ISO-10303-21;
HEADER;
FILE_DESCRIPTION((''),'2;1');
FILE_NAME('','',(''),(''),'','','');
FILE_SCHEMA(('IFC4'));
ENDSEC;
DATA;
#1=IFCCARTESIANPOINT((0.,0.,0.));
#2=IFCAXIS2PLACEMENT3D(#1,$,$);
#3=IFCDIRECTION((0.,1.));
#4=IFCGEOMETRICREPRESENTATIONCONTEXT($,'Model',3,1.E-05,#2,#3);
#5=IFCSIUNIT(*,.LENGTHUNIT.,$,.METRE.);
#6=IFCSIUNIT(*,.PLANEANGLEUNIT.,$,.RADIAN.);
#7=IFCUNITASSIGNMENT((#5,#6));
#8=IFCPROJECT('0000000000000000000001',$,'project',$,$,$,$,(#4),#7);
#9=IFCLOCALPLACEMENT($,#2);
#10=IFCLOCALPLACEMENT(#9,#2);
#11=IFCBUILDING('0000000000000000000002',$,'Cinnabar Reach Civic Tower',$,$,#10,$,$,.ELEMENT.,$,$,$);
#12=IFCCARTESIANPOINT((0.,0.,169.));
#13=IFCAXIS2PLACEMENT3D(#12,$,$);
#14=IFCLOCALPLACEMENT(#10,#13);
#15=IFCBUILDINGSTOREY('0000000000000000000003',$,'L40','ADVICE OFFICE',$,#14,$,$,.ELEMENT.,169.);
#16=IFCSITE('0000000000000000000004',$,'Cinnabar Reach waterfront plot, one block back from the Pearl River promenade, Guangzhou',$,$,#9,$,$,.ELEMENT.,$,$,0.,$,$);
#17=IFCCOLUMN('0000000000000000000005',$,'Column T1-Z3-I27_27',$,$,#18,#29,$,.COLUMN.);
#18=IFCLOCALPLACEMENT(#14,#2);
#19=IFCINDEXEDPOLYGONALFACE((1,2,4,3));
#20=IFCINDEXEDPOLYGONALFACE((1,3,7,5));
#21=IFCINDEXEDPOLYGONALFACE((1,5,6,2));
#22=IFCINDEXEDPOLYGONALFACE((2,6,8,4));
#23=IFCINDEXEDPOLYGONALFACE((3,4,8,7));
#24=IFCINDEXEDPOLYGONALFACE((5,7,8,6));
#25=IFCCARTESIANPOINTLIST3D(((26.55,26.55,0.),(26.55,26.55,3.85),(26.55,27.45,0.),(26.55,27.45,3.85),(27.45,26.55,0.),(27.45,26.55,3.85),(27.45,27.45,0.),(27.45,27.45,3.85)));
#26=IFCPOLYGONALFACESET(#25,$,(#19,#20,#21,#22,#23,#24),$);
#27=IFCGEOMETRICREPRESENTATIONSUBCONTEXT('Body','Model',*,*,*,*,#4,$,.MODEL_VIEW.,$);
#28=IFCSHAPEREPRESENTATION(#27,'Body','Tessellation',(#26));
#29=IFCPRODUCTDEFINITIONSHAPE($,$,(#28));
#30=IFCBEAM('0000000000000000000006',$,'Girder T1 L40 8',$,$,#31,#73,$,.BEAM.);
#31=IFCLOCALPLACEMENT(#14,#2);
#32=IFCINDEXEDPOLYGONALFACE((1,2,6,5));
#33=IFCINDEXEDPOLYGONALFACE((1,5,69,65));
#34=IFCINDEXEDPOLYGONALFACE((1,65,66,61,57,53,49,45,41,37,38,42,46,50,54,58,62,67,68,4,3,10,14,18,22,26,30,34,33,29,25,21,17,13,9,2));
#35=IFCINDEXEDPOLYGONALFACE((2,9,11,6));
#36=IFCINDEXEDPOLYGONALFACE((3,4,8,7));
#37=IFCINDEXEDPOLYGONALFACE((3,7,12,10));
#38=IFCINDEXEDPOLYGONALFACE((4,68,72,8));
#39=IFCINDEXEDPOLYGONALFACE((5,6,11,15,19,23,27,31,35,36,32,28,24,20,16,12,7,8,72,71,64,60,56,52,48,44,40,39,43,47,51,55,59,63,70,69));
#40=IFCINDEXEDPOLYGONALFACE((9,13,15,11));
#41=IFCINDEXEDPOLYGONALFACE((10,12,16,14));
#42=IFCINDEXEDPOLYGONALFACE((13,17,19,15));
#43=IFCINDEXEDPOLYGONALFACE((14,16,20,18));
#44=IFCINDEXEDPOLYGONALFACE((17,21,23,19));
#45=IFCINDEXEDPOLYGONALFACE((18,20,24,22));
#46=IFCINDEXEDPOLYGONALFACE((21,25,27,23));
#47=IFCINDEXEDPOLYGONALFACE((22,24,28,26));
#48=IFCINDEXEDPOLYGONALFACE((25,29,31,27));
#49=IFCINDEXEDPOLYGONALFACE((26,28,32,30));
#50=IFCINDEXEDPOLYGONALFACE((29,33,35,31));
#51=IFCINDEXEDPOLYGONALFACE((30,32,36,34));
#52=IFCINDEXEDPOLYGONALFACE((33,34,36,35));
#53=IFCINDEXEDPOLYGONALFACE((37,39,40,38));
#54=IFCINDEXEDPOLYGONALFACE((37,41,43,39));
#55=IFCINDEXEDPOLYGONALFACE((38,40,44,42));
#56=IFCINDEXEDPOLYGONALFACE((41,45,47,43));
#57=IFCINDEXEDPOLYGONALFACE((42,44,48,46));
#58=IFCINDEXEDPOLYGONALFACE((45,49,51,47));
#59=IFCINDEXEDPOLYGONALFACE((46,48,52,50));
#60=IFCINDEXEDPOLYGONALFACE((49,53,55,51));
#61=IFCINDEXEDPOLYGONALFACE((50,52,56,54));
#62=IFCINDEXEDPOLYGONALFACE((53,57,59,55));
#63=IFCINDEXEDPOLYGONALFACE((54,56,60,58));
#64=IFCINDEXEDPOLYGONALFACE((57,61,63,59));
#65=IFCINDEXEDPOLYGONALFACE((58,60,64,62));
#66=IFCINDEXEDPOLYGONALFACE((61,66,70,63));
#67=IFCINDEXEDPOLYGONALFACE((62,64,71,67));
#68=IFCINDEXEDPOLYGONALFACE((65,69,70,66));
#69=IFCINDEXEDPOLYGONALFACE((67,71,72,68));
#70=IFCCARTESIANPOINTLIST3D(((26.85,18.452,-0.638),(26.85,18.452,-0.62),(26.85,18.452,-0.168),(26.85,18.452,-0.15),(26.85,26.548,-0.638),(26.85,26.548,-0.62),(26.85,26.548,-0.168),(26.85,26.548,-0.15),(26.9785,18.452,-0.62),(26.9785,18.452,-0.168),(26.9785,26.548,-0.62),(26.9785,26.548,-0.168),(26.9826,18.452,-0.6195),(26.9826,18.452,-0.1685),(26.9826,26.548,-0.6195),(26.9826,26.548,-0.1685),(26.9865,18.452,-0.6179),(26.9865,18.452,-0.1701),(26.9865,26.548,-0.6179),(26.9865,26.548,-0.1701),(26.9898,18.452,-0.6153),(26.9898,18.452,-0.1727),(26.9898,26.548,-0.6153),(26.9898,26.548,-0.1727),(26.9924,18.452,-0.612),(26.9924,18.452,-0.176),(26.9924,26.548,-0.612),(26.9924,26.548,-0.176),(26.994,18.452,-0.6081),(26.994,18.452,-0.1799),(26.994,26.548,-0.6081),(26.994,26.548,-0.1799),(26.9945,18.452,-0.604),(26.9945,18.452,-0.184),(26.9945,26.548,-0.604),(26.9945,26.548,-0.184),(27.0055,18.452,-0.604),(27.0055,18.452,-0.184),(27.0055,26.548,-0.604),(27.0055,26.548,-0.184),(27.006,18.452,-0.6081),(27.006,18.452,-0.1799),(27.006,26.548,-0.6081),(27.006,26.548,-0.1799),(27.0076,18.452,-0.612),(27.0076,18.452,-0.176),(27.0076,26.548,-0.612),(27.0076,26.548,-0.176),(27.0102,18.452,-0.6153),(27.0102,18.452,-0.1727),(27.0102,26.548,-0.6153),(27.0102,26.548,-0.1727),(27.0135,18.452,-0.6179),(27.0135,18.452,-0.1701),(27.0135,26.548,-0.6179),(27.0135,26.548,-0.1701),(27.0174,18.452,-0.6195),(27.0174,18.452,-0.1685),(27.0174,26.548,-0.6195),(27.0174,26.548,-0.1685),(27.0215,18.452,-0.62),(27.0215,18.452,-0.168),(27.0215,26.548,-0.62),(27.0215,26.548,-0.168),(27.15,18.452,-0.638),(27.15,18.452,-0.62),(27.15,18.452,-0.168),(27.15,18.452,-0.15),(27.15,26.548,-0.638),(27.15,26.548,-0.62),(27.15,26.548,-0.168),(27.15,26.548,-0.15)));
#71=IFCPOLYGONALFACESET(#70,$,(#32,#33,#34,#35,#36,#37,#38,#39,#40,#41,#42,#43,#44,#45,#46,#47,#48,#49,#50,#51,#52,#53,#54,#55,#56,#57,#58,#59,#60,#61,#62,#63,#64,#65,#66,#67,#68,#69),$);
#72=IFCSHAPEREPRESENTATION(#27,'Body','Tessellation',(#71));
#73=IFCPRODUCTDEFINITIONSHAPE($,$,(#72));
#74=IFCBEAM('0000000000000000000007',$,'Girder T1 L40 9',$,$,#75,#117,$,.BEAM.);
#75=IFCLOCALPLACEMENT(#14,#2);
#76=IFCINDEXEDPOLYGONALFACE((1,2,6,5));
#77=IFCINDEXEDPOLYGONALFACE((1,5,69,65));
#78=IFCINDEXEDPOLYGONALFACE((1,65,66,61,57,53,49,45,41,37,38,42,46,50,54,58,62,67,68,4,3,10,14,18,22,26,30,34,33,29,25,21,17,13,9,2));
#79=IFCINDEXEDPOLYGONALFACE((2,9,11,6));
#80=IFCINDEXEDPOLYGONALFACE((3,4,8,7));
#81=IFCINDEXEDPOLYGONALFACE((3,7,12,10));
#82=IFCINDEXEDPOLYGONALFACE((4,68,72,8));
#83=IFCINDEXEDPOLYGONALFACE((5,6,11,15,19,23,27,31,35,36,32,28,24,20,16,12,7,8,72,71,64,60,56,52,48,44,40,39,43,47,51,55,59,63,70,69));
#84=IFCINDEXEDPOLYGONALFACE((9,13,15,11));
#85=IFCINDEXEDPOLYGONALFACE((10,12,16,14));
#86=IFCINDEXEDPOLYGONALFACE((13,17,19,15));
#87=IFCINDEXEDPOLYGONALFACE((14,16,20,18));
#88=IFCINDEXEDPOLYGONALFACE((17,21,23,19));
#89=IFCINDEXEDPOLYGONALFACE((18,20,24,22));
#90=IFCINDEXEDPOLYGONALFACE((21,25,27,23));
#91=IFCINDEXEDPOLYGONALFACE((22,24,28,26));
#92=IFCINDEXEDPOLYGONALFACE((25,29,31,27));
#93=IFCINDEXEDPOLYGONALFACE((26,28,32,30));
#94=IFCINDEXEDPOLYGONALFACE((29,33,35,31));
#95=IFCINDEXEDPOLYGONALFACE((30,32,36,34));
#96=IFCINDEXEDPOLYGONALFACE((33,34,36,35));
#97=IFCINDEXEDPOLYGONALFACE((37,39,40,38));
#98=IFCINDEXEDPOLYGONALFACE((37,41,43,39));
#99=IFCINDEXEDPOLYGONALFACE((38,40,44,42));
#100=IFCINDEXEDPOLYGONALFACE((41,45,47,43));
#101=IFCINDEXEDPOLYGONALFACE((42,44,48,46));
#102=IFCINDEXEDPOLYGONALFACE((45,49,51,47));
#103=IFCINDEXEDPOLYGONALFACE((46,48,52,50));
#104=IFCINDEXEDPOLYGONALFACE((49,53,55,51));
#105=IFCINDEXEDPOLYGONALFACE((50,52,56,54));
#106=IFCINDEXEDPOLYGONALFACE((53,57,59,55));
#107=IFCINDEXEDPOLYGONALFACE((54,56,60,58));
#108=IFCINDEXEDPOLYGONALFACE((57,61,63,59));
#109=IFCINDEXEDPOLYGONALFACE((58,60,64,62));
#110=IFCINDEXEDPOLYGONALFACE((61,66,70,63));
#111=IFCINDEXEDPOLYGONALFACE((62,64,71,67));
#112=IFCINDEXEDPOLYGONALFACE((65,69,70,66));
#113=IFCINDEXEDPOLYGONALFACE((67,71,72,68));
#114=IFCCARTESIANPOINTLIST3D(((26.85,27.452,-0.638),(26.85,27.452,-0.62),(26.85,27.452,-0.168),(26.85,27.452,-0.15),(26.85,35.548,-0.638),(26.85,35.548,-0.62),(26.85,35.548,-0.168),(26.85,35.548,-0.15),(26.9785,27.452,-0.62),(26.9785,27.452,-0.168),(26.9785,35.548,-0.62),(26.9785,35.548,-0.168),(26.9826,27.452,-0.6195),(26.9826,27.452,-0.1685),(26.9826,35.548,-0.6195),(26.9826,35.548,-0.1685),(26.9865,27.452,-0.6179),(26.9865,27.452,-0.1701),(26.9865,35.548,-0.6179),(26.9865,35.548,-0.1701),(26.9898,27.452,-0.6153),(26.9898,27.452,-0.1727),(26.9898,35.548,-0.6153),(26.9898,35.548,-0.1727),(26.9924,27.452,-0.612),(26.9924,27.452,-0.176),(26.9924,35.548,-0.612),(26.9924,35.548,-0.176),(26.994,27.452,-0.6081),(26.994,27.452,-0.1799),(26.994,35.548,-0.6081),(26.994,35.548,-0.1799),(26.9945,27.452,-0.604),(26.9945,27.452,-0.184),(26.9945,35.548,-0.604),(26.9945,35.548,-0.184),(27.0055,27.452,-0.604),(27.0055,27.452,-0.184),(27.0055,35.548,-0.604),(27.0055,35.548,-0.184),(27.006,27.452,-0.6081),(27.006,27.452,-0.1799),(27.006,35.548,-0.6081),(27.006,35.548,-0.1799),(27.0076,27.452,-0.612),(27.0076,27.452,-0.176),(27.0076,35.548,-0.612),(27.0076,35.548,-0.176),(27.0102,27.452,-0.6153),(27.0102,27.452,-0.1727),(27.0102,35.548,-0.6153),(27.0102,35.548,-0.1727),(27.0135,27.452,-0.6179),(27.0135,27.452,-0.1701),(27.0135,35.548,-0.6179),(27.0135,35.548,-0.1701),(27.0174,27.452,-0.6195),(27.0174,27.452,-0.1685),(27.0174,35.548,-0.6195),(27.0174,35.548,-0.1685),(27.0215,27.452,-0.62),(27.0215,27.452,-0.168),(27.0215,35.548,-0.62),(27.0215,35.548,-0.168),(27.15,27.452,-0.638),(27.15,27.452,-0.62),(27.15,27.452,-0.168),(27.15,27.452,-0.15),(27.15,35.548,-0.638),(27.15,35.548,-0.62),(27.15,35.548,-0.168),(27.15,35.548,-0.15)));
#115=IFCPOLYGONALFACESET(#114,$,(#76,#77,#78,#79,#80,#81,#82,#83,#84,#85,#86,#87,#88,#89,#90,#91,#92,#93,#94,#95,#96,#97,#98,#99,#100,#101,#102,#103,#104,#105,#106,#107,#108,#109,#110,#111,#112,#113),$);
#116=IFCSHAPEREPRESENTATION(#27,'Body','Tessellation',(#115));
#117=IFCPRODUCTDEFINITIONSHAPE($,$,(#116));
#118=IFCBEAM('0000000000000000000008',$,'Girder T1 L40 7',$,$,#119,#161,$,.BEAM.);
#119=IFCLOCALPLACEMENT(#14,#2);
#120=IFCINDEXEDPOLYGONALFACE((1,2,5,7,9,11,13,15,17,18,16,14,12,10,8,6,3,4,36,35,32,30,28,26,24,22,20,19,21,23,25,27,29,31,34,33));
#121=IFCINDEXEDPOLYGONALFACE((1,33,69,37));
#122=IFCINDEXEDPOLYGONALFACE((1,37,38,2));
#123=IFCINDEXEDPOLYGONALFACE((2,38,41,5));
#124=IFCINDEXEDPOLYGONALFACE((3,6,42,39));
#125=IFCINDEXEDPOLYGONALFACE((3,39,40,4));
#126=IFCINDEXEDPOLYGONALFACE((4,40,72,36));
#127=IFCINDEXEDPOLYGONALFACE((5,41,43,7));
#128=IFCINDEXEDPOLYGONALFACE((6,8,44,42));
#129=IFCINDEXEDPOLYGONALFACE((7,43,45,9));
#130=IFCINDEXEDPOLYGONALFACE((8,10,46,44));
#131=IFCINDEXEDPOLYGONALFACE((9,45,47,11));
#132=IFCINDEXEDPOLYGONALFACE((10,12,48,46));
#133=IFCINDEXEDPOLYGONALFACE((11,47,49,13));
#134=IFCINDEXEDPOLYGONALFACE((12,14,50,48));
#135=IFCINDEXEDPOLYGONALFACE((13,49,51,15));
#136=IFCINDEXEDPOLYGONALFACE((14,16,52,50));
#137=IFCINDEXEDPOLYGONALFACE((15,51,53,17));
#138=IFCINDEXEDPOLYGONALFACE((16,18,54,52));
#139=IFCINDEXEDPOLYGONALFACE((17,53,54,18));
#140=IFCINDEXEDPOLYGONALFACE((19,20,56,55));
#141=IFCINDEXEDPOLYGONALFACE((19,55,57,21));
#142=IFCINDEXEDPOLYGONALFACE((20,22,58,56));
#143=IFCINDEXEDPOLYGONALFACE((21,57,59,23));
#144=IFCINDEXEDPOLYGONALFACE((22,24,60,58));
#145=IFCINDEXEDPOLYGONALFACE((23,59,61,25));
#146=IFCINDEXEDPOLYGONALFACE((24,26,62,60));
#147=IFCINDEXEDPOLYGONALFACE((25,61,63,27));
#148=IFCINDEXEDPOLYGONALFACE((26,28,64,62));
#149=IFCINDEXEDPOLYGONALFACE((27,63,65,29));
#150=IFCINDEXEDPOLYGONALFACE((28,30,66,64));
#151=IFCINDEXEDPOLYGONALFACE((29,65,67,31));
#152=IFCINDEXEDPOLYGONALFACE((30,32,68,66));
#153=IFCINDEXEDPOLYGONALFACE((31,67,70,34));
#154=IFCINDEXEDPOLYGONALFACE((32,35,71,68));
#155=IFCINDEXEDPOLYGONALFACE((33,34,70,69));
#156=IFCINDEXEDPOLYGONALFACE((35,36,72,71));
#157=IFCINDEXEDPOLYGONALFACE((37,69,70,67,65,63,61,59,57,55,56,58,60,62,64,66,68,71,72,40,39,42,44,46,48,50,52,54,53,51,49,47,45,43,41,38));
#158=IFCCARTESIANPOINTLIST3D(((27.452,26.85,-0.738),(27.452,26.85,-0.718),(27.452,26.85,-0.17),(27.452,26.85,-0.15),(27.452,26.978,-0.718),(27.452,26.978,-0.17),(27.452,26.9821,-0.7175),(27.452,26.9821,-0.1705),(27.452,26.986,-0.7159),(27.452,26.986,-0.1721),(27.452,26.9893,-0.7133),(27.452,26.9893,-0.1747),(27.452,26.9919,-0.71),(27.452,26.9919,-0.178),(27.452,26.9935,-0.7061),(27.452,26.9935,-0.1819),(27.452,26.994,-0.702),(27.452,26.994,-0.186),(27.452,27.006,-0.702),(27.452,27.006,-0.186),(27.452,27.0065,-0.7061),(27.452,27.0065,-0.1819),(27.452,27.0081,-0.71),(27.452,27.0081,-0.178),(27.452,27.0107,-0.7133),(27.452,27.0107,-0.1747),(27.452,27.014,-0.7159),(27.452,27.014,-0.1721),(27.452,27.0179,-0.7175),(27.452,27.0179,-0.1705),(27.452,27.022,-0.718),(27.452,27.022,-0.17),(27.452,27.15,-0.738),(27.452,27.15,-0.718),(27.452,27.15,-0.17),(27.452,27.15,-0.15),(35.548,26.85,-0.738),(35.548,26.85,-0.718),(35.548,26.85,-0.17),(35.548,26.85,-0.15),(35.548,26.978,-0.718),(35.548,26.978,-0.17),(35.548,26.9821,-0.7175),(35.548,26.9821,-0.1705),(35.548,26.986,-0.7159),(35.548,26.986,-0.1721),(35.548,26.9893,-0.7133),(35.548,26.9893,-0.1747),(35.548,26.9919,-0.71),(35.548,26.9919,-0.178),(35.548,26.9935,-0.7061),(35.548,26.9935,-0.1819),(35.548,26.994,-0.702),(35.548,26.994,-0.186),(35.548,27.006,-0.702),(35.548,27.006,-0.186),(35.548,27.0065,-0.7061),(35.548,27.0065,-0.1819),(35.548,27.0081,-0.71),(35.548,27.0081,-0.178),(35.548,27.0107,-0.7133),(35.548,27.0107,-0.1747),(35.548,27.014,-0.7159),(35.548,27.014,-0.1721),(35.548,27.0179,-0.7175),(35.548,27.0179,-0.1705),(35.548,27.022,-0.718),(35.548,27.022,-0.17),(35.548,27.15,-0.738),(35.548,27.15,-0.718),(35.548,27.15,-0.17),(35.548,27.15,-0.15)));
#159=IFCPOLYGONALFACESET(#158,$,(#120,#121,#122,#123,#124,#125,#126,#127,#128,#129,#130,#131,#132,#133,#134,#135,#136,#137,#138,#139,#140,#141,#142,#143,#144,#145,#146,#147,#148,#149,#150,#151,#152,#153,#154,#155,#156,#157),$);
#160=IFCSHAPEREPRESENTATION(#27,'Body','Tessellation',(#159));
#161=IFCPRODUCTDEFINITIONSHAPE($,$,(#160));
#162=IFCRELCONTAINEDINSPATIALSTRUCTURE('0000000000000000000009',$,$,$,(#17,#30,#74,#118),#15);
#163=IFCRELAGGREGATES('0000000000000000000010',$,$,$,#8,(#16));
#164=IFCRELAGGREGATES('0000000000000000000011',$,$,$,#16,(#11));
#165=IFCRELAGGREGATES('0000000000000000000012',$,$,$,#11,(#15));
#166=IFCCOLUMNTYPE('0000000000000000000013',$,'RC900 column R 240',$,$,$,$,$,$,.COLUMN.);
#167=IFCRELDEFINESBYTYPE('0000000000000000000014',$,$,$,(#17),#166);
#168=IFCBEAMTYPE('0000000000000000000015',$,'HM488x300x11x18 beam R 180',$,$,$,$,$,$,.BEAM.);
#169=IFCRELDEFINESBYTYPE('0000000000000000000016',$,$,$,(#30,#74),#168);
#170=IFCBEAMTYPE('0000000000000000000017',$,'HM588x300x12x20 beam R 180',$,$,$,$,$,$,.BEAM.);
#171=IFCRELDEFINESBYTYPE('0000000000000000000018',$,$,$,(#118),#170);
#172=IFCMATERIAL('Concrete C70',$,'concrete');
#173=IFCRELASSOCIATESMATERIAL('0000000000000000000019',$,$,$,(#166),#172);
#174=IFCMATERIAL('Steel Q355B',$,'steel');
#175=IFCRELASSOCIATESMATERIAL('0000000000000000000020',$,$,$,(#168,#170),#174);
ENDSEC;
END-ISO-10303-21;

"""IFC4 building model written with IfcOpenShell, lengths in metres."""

from ifc_helpers import new_model, si_unit, direction, frame, origin, origin_2d, place, context, subcontext, project, spatial, rectangle, i_section, extrude, material, material_profile, profile_set, type_object, element, save


model = new_model("IFC4")

# Units and contexts
model_context = context("Model", 3, precision=1e-05, world=origin(), true_north=direction((0.0, 1.0)))
body_context = subcontext(model_context, "Body", "Model", "MODEL_VIEW")
ifc_project = project(units=[si_unit("LENGTHUNIT", "METRE"), si_unit("PLANEANGLEUNIT", "RADIAN")], contexts=[model_context])

# Site, building, storey
site_placement = place(None, origin())
site = spatial("IfcSite", under=ifc_project, at=site_placement, Name="Cinnabar Reach waterfront plot, one block back from the Pearl River promenade, Guangzhou", CompositionType="ELEMENT", RefElevation=0.0)
building_placement = place(site_placement, origin())
building = spatial("IfcBuilding", under=site, at=building_placement, Name="Cinnabar Reach Civic Tower", CompositionType="ELEMENT")
storey_placement = place(building_placement, frame((0.0, 0.0, 169.0)))
storey = spatial("IfcBuildingStorey", under=building, at=storey_placement, Name="L40", Description="ADVICE OFFICE", CompositionType="ELEMENT", Elevation=169.0)

# Column
ifc_material_1 = material(Name="Concrete C70", Category="concrete")
ifc_material_profile_1 = material_profile(ifc_material_1, rectangle(XDim=0.9, YDim=0.9, at=origin_2d()), Name="RC900")
ifc_profile_set_1 = profile_set([ifc_material_profile_1], Name="Concrete C70")
column_type = type_object("IfcColumnType", Name="RC900 column R 240", PredefinedType="COLUMN", material=ifc_profile_set_1)
column_placement = place(storey_placement, frame((27.0, 27.0, 0.0), z_axis=(0.0, 0.0, 1.0), x_axis=(1.0, 0.0, 0.0)))
element("IfcColumn", 1, at=column_placement, inside=storey, type_object=column_type, Name="Column T1-Z3-I27_27", PredefinedType="COLUMN", context=body_context, shape_type="SweptSolid", body=[
    extrude(rectangle(XDim=0.9, YDim=0.9, at=origin_2d()), origin(), (0.0, 0.0, 1.0), 3.85),
])

# Beams
ifc_material_2 = material(Name="Steel Q355B", Category="steel")
ifc_material_profile_2 = material_profile(ifc_material_2, i_section(OverallWidth=0.3, OverallDepth=0.488, WebThickness=0.011, FlangeThickness=0.018, FilletRadius=0.016, at=origin_2d()), Name="HM488x300x11x18")
ifc_profile_set_2 = profile_set([ifc_material_profile_2], Name="Steel Q355B")
beam_type_1 = type_object("IfcBeamType", Name="HM488x300x11x18 beam R 180", PredefinedType="BEAM", material=ifc_profile_set_2)
for number, where, z_axis, x_axis, name in (
    (2, (27.0, 18.452, -0.394), (0.0, 1.0, 0.0), (-1.0, 0.0, 0.0), "Girder T1 L40 8"),
    (3, (27.0, 27.452, -0.394), (0.0, 1.0, 0.0), (-1.0, 0.0, 0.0), "Girder T1 L40 9"),
):
    element("IfcBeam", number, at=place(storey_placement, frame(where, z_axis=z_axis, x_axis=x_axis)), inside=storey, type_object=beam_type_1, Name=name, PredefinedType="BEAM", context=body_context, shape_type="SweptSolid", body=[
        extrude(i_section(OverallWidth=0.3, OverallDepth=0.488, WebThickness=0.011, FlangeThickness=0.018, FilletRadius=0.016, at=origin_2d()), origin(), (0.0, 0.0, 1.0), 8.096),
    ])
ifc_material_profile_3 = material_profile(ifc_material_2, i_section(OverallWidth=0.3, OverallDepth=0.588, WebThickness=0.012, FlangeThickness=0.02, FilletRadius=0.016, at=origin_2d()), Name="HM588x300x12x20")
ifc_profile_set_3 = profile_set([ifc_material_profile_3], Name="Steel Q355B")
beam_type_2 = type_object("IfcBeamType", Name="HM588x300x12x20 beam R 180", PredefinedType="BEAM", material=ifc_profile_set_3)
beam_1_placement = place(storey_placement, frame((27.452, 27.0, -0.444), z_axis=(1.0, 0.0, 0.0), x_axis=(0.0, 1.0, 0.0)))
element("IfcBeam", 4, at=beam_1_placement, inside=storey, type_object=beam_type_2, Name="Girder T1 L40 7", PredefinedType="BEAM", context=body_context, shape_type="SweptSolid", body=[
    extrude(i_section(OverallWidth=0.3, OverallDepth=0.588, WebThickness=0.012, FlangeThickness=0.02, FilletRadius=0.016, at=origin_2d()), origin(), (0.0, 0.0, 1.0), 8.096),
])

save(model, "model.ifc")
